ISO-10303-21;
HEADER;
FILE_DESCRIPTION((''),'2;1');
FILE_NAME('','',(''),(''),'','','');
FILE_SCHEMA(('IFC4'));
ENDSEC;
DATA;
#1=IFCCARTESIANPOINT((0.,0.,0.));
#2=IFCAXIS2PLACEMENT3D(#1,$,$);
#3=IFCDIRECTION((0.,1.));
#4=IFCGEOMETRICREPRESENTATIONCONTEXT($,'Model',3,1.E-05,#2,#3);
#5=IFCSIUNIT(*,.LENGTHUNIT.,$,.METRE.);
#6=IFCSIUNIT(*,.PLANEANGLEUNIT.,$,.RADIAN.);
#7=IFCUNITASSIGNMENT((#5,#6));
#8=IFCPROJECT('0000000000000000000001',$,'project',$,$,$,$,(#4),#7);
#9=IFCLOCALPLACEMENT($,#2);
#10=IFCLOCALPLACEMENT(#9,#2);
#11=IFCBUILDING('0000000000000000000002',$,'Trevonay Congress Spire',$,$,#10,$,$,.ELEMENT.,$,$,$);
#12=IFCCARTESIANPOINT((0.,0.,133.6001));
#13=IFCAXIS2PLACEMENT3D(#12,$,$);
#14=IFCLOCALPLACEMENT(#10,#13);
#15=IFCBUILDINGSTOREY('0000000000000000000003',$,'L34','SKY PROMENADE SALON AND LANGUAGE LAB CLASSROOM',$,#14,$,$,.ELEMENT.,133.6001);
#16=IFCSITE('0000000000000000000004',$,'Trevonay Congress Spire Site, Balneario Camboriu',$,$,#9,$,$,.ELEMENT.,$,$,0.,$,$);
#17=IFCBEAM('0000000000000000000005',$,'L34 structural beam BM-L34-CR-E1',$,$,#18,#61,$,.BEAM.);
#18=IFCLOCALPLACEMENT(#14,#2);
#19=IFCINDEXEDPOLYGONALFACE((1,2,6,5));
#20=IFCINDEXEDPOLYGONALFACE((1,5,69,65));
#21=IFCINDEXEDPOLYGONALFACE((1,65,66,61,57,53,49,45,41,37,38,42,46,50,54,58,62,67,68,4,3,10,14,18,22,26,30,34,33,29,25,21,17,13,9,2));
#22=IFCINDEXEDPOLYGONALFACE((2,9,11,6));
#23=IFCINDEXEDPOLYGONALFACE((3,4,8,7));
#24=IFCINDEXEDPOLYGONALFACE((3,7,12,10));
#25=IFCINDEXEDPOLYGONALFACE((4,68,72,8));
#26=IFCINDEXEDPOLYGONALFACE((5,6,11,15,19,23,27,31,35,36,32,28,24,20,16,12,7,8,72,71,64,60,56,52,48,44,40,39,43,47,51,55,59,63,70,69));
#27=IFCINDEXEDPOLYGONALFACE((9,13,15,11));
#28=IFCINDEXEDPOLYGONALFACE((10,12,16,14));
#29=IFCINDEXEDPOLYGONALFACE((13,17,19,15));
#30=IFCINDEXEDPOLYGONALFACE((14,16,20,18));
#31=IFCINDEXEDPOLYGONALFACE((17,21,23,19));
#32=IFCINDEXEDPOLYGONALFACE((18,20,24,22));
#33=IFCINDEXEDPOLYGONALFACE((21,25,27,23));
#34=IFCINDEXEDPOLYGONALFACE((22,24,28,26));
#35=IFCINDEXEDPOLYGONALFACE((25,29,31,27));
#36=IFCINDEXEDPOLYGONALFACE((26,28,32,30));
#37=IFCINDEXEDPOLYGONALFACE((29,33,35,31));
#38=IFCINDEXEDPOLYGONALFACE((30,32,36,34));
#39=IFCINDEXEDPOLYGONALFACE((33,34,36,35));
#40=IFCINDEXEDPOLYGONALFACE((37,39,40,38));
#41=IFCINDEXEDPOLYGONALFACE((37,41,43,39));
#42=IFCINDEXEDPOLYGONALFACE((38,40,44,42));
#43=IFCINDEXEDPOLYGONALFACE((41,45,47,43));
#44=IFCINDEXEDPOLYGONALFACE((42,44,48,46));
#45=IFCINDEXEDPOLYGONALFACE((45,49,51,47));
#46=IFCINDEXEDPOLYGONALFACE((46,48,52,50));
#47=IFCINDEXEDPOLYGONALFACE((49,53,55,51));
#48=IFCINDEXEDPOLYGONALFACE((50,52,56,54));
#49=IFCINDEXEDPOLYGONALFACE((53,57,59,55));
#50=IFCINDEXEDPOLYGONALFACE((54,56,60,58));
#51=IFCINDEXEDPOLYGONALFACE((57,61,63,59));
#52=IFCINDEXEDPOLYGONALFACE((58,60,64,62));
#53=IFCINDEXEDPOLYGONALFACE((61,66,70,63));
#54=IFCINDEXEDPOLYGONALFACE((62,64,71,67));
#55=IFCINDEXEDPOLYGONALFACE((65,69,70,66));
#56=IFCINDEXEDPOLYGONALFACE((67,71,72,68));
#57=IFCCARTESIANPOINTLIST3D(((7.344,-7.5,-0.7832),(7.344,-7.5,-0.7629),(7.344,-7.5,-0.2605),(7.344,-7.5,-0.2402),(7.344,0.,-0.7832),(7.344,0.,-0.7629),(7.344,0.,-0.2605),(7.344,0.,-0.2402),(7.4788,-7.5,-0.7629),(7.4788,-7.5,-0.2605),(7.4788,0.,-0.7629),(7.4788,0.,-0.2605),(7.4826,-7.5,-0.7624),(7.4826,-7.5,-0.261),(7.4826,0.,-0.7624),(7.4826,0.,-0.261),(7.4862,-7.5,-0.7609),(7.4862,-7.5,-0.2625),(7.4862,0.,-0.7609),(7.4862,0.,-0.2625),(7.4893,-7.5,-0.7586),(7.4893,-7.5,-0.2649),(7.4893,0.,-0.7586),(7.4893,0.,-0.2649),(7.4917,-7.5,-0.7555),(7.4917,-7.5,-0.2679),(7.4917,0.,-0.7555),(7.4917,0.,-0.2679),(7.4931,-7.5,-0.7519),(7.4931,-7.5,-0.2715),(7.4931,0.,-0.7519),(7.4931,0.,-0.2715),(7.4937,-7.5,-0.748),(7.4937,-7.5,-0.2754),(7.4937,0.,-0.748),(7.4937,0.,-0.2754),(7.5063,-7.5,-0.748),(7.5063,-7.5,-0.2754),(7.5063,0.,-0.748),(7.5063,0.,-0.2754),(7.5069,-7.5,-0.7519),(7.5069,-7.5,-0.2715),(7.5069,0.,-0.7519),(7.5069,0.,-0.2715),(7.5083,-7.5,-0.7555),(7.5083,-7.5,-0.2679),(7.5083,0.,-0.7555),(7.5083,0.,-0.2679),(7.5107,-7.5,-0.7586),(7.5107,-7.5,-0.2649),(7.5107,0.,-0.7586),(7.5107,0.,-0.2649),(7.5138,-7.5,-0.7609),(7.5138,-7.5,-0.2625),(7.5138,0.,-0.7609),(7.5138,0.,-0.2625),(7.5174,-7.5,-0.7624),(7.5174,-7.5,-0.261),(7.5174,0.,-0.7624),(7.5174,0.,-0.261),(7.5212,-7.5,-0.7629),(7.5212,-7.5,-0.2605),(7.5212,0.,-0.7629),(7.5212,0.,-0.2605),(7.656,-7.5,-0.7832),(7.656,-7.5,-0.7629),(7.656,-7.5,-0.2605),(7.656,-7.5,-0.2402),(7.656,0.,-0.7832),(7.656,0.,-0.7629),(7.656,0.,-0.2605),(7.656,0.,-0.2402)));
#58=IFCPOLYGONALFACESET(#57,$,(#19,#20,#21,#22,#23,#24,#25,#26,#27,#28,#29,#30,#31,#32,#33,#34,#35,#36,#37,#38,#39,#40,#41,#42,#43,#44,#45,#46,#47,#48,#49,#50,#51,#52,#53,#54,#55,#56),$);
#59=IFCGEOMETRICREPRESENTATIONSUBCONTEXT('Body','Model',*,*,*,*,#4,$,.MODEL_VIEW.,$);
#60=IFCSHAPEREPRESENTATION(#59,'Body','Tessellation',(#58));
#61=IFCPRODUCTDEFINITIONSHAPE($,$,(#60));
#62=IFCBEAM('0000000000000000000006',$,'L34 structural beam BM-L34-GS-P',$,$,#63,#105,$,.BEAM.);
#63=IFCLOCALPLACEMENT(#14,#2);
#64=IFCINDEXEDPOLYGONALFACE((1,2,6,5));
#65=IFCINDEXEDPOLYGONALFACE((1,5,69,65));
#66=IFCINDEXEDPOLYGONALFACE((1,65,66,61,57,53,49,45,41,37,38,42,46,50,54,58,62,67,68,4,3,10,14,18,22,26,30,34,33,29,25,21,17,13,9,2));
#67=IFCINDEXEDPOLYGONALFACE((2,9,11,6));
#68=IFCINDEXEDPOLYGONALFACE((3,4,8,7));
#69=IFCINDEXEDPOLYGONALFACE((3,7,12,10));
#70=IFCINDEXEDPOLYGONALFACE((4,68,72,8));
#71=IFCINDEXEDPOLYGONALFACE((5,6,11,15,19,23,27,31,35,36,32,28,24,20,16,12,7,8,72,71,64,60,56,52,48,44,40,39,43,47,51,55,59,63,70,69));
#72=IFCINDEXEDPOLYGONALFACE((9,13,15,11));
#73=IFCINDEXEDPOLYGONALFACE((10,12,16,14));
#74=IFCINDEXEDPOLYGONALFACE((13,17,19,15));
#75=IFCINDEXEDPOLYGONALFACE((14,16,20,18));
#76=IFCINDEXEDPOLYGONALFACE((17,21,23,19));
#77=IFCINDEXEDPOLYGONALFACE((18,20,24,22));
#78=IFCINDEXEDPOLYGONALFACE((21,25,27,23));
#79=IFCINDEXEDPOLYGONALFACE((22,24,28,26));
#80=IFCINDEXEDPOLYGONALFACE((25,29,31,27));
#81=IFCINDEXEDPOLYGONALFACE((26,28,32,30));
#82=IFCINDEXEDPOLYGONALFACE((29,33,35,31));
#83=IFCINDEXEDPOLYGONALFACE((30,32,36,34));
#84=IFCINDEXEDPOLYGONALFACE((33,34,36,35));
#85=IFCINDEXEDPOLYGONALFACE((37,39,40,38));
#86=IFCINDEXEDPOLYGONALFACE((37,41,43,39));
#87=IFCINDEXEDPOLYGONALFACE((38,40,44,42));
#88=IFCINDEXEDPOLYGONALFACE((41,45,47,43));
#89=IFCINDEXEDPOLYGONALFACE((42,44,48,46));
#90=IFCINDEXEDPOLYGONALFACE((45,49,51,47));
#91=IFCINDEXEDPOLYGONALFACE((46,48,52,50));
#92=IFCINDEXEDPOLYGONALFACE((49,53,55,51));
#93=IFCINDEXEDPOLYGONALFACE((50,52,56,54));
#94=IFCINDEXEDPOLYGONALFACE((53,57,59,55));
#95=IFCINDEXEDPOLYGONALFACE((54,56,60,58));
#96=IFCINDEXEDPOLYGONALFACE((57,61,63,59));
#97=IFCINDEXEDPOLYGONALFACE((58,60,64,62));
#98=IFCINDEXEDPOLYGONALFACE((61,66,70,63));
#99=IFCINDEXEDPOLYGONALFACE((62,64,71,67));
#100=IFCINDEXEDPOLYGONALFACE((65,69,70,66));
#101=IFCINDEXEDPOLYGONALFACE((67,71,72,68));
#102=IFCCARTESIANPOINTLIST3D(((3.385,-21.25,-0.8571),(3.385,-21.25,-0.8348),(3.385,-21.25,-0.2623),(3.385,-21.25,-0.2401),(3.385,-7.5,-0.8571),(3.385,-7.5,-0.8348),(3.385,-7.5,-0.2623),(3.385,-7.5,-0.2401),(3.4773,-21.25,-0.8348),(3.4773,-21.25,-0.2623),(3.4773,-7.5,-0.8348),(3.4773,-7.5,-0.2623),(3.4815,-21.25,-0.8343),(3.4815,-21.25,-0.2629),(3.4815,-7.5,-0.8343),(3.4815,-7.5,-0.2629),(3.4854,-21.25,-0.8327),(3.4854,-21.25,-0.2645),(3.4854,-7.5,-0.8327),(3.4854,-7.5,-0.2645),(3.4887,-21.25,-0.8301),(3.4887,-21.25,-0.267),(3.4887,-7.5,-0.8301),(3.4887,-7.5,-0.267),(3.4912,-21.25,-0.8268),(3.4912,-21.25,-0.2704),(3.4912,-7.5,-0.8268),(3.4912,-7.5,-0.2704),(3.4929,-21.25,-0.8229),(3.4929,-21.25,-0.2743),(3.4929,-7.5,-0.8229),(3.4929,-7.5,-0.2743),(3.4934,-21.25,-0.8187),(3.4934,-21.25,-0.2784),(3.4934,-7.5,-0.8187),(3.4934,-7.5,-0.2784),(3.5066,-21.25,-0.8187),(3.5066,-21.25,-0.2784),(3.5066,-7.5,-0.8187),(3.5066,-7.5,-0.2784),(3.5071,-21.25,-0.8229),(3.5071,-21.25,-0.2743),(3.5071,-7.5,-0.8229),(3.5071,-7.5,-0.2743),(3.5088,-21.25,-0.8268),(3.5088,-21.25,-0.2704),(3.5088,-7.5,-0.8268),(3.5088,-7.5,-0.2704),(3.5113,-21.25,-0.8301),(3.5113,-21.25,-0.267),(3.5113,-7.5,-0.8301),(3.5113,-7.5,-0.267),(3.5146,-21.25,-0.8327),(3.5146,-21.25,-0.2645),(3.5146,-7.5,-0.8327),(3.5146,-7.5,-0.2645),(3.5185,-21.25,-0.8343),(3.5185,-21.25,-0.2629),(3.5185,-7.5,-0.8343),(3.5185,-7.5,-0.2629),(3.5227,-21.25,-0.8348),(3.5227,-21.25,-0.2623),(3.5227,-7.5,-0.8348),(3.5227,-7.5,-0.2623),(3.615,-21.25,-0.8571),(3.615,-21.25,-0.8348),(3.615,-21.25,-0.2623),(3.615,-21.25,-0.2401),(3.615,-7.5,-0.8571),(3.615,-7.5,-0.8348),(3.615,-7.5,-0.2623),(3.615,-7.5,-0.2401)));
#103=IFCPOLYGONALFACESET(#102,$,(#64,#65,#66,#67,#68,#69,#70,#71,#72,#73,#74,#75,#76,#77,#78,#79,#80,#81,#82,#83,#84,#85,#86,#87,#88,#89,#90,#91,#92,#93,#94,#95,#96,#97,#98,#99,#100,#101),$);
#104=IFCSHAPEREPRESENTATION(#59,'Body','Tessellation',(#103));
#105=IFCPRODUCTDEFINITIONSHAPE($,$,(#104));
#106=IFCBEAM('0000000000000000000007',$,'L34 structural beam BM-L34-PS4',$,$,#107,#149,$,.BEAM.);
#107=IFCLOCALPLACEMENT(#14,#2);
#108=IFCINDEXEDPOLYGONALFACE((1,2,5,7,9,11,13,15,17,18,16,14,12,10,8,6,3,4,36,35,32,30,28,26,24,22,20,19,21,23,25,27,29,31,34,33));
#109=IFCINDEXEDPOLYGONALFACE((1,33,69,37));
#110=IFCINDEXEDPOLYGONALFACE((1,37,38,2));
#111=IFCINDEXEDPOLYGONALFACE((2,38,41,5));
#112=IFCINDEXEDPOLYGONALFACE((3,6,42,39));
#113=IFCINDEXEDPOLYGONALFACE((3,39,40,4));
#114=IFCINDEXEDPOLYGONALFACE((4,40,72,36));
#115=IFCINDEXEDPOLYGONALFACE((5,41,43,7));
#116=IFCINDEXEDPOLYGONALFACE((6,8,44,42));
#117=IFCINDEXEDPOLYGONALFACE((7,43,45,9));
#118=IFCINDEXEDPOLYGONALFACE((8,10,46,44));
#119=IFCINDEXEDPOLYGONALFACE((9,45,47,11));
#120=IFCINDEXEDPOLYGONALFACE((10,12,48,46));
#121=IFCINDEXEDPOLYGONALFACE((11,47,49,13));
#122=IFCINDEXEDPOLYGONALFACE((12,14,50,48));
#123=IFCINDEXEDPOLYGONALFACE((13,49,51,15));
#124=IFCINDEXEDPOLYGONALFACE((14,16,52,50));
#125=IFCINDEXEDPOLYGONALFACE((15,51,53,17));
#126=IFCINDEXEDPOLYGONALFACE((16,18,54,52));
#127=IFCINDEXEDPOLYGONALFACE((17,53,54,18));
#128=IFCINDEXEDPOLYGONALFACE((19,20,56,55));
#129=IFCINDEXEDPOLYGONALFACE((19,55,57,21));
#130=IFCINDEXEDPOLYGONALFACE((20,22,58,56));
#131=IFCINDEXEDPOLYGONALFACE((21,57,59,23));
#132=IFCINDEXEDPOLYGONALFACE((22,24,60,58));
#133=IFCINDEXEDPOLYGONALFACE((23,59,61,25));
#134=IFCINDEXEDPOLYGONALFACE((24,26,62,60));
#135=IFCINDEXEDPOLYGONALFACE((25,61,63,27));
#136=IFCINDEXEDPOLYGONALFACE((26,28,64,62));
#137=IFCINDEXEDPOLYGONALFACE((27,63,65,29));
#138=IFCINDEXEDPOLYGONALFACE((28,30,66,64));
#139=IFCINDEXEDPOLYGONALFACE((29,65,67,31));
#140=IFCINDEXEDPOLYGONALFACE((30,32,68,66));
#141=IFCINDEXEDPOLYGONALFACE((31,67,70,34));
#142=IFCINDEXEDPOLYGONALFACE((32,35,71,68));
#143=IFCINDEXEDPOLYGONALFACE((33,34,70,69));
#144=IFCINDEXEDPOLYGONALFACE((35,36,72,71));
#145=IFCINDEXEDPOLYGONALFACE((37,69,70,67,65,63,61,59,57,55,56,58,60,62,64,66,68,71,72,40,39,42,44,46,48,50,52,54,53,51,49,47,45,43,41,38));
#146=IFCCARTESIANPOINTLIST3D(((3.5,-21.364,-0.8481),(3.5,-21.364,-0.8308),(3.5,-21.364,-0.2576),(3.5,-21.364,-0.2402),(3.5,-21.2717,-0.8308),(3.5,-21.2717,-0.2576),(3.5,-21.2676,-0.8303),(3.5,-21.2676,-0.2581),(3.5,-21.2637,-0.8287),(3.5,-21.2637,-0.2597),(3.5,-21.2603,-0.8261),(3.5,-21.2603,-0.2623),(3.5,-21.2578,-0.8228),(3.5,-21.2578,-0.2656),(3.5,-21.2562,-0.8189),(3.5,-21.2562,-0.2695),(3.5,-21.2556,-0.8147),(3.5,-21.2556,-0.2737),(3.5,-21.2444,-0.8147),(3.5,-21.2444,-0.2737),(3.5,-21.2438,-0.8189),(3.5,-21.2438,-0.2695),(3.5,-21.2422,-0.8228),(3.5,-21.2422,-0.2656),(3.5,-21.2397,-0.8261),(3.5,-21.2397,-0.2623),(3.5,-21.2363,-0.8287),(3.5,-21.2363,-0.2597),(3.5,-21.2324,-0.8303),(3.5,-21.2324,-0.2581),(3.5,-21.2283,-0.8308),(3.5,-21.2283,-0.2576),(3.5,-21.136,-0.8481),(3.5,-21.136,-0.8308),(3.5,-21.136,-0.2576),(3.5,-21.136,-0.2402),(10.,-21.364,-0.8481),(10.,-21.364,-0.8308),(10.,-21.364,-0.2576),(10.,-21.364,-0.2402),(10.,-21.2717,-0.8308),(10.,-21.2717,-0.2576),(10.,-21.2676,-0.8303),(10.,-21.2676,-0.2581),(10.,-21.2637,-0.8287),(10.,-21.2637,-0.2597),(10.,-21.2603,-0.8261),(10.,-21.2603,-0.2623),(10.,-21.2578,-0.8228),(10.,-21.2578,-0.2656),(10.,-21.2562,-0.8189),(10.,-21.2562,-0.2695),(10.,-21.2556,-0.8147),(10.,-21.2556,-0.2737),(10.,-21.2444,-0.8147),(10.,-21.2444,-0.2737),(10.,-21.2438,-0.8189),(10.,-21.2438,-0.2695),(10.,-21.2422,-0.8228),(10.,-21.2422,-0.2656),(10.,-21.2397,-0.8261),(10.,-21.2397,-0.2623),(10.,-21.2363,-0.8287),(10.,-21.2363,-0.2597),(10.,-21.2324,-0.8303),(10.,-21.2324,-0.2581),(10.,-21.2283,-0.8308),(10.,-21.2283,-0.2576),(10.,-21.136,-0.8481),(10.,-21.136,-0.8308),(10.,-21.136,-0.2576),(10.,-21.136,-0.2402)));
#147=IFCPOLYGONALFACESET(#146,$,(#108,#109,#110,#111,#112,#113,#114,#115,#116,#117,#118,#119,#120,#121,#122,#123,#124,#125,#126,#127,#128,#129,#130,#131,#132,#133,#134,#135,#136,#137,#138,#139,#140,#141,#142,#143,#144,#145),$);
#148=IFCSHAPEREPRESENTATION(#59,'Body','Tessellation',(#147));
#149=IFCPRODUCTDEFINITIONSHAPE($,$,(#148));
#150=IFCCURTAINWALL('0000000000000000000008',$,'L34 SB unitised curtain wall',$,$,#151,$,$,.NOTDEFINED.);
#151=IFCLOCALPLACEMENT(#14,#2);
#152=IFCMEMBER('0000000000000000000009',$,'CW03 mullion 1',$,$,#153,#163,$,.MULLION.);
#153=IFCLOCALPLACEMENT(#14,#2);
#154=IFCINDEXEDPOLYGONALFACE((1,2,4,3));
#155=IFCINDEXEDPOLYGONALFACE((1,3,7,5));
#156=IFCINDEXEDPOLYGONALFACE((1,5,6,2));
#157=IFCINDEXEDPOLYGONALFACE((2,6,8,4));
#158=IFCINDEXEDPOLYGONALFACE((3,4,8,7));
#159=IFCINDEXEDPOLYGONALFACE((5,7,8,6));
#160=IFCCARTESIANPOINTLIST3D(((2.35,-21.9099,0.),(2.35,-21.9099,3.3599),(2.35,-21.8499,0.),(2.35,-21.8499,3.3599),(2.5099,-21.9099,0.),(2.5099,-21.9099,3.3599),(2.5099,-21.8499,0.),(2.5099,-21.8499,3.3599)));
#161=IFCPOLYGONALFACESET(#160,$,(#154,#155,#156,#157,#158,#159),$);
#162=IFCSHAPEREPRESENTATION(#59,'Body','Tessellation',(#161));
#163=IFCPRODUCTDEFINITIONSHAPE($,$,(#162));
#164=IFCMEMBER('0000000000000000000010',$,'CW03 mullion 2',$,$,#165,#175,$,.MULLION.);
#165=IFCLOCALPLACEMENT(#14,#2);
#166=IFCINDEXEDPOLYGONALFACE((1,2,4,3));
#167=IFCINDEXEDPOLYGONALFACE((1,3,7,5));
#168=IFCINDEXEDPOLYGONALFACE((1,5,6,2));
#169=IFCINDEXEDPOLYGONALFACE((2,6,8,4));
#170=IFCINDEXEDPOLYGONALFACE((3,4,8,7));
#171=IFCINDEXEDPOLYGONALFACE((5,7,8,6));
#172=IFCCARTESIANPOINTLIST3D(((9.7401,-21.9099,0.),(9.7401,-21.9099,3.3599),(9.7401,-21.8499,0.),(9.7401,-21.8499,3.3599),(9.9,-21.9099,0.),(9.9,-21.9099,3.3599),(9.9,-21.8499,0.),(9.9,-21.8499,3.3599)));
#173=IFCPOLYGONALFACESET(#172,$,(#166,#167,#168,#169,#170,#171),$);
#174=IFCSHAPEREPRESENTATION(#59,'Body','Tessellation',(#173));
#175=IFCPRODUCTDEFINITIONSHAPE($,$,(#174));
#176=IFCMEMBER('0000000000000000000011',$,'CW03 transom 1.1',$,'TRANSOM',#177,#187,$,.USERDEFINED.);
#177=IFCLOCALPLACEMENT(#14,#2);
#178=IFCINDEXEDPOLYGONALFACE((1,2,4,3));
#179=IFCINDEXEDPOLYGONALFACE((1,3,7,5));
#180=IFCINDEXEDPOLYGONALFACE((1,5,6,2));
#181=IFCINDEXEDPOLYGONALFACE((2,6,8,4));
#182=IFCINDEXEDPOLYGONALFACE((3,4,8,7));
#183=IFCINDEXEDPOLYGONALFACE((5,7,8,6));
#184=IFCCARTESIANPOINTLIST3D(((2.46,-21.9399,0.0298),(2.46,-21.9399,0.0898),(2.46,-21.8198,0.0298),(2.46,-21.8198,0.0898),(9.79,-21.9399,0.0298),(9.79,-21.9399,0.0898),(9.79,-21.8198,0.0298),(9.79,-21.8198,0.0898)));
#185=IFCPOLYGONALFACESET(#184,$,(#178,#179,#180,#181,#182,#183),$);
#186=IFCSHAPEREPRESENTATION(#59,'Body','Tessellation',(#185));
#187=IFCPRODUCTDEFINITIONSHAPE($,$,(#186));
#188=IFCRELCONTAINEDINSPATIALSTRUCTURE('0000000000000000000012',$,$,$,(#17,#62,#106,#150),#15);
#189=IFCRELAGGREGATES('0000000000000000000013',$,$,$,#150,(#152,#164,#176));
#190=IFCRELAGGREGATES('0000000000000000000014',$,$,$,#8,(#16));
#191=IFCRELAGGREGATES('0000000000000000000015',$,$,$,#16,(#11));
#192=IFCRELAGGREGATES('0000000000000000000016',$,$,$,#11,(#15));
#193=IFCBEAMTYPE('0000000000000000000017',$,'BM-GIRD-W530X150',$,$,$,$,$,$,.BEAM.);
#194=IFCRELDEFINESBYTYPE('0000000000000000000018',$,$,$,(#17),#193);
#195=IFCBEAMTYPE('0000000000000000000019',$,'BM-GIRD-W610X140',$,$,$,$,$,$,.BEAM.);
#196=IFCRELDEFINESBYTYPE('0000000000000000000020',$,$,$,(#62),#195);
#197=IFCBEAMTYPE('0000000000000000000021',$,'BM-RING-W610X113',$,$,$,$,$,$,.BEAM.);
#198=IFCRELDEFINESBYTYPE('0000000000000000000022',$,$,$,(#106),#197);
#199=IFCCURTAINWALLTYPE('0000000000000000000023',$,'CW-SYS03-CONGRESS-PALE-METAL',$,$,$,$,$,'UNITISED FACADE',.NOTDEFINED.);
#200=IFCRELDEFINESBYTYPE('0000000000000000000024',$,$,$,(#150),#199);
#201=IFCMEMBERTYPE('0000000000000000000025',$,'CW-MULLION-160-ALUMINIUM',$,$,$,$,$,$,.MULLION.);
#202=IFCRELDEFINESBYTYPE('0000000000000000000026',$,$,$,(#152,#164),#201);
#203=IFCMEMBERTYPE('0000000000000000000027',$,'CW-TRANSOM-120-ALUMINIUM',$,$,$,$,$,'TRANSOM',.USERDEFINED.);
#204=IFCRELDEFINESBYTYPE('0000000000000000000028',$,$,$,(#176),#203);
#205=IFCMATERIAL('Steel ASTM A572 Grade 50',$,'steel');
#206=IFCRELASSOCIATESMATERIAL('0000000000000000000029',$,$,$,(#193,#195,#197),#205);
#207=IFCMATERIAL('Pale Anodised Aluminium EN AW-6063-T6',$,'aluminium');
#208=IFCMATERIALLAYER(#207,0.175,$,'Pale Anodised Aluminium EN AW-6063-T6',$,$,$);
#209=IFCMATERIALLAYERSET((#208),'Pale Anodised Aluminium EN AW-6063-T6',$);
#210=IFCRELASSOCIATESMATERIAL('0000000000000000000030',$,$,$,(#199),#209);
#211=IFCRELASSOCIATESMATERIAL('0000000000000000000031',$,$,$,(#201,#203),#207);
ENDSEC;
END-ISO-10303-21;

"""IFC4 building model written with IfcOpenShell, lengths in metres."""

from ifc_helpers import new_model, si_unit, direction, frame, origin, origin_2d, place, context, subcontext, project, spatial, rectangle, i_section, extrude, material, layer, layer_set, material_profile, profile_set, type_object, element, aggregate, save


model = new_model("IFC4")

# Units and contexts
model_context = context("Model", 3, precision=1e-05, world=origin(), true_north=direction((0.0, 1.0)))
body_context = subcontext(model_context, "Body", "Model", "MODEL_VIEW")
ifc_project = project(units=[si_unit("LENGTHUNIT", "METRE"), si_unit("PLANEANGLEUNIT", "RADIAN")], contexts=[model_context])

# Site, building, storey
site_placement = place(None, origin())
site = spatial("IfcSite", under=ifc_project, at=site_placement, Name="Trevonay Congress Spire Site, Balneario Camboriu", CompositionType="ELEMENT", RefElevation=0.0)
building_placement = place(site_placement, origin())
building = spatial("IfcBuilding", under=site, at=building_placement, Name="Trevonay Congress Spire", CompositionType="ELEMENT")
storey_placement = place(building_placement, frame((0.0, 0.0, 133.6001)))
storey = spatial("IfcBuildingStorey", under=building, at=storey_placement, Name="L34", Description="SKY PROMENADE SALON AND LANGUAGE LAB CLASSROOM", CompositionType="ELEMENT", Elevation=133.6001)

# Shared definitions
ifc_material_1 = material(Name="Steel ASTM A572 Grade 50", Category="steel")

# Beams
ifc_material_profile_1 = material_profile(ifc_material_1, i_section(OverallWidth=0.312, OverallDepth=0.543, WebThickness=0.0127, FlangeThickness=0.0203, FilletRadius=0.0149, at=origin_2d()), Name="W530x150")
ifc_profile_set_1 = profile_set([ifc_material_profile_1], Name="Steel ASTM A572 Grade 50")
beam_type_1 = type_object("IfcBeamType", Name="BM-GIRD-W530X150", PredefinedType="BEAM", material=ifc_profile_set_1)
beam_1_placement = place(storey_placement, frame((7.5, -7.5, -0.5117), z_axis=(0.0, 1.0, 0.0), x_axis=(-1.0, 0.0, 0.0)))
element("IfcBeam", 1, at=beam_1_placement, inside=storey, type_object=beam_type_1, Name="L34 structural beam BM-L34-CR-E1", PredefinedType="BEAM", context=body_context, shape_type="SweptSolid", body=[
    extrude(i_section(OverallWidth=0.312, OverallDepth=0.543, WebThickness=0.0127, FlangeThickness=0.0203, FilletRadius=0.0149, at=origin_2d()), origin(), (0.0, 0.0, 1.0), 7.5),
])
ifc_material_profile_2 = material_profile(ifc_material_1, i_section(OverallWidth=0.23, OverallDepth=0.6169, WebThickness=0.0132, FlangeThickness=0.0222, FilletRadius=0.0161, at=origin_2d()), Name="W610x140")
ifc_profile_set_2 = profile_set([ifc_material_profile_2], Name="Steel ASTM A572 Grade 50")
beam_type_2 = type_object("IfcBeamType", Name="BM-GIRD-W610X140", PredefinedType="BEAM", material=ifc_profile_set_2)
beam_2_placement = place(storey_placement, frame((3.5, -7.5, -0.5486), z_axis=(0.0, -1.0, 0.0), x_axis=(1.0, 0.0, 0.0)))
element("IfcBeam", 2, at=beam_2_placement, inside=storey, type_object=beam_type_2, Name="L34 structural beam BM-L34-GS-P", PredefinedType="BEAM", context=body_context, shape_type="SweptSolid", body=[
    extrude(i_section(OverallWidth=0.23, OverallDepth=0.6169, WebThickness=0.0132, FlangeThickness=0.0222, FilletRadius=0.0161, at=origin_2d()), origin(), (0.0, 0.0, 1.0), 13.75),
])
ifc_material_profile_3 = material_profile(ifc_material_1, i_section(OverallWidth=0.228, OverallDepth=0.6079, WebThickness=0.0112, FlangeThickness=0.0173, FilletRadius=0.0161, at=origin_2d()), Name="W610x113")
ifc_profile_set_3 = profile_set([ifc_material_profile_3], Name="Steel ASTM A572 Grade 50")
beam_type_3 = type_object("IfcBeamType", Name="BM-RING-W610X113", PredefinedType="BEAM", material=ifc_profile_set_3)
beam_3_placement = place(storey_placement, frame((3.5, -21.25, -0.5442), z_axis=(1.0, 0.0, 0.0), x_axis=(0.0, 1.0, 0.0)))
element("IfcBeam", 3, at=beam_3_placement, inside=storey, type_object=beam_type_3, Name="L34 structural beam BM-L34-PS4", PredefinedType="BEAM", context=body_context, shape_type="SweptSolid", body=[
    extrude(i_section(OverallWidth=0.228, OverallDepth=0.6079, WebThickness=0.0112, FlangeThickness=0.0173, FilletRadius=0.0161, at=origin_2d()), origin(), (0.0, 0.0, 1.0), 6.5),
])

# Curtain wall, members
ifc_material_2 = material(Name="Pale Anodised Aluminium EN AW-6063-T6", Category="aluminium")
ifc_layer_1 = layer(ifc_material_2, 0.175, Name="Pale Anodised Aluminium EN AW-6063-T6")
ifc_layer_set_1 = layer_set([ifc_layer_1], Name="Pale Anodised Aluminium EN AW-6063-T6")
curtain_wall_type = type_object("IfcCurtainWallType", Name="CW-SYS03-CONGRESS-PALE-METAL", ElementType="UNITISED FACADE", PredefinedType="NOTDEFINED", material=ifc_layer_set_1)
curtain_wall_placement = place(storey_placement, origin())
curtain_wall = element("IfcCurtainWall", 4, at=curtain_wall_placement, inside=storey, type_object=curtain_wall_type, Name="L34 SB unitised curtain wall", PredefinedType="NOTDEFINED")
ifc_material_profile_4 = material_profile(ifc_material_2, rectangle(XDim=0.0601, YDim=0.1599, at=origin_2d()), Name="CW-MULLION-160-ALUMINIUM")
ifc_profile_set_4 = profile_set([ifc_material_profile_4], Name="Pale Anodised Aluminium EN AW-6063-T6")
member_type_1 = type_object("IfcMemberType", Name="CW-MULLION-160-ALUMINIUM", PredefinedType="MULLION", material=ifc_profile_set_4)
member_1_placement = place(storey_placement, frame((2.4299, -21.8799, 0.0), z_axis=(0.0, 0.0, 1.0), x_axis=(0.0, 1.0, 0.0)))
member_1 = element("IfcMember", 5, at=member_1_placement, type_object=member_type_1, Name="CW03 mullion 1", PredefinedType="MULLION", context=body_context, shape_type="SweptSolid", body=[
    extrude(rectangle(XDim=0.0601, YDim=0.1599, at=origin_2d()), origin(), (0.0, 0.0, 1.0), 3.3599),
])
member_2_placement = place(storey_placement, frame((9.8201, -21.8799, 0.0), z_axis=(0.0, 0.0, 1.0), x_axis=(0.0, 1.0, 0.0)))
member_2 = element("IfcMember", 6, at=member_2_placement, type_object=member_type_1, Name="CW03 mullion 2", PredefinedType="MULLION", context=body_context, shape_type="SweptSolid", body=[
    extrude(rectangle(XDim=0.0601, YDim=0.1599, at=origin_2d()), origin(), (0.0, 0.0, 1.0), 3.3599),
])
ifc_material_profile_5 = material_profile(ifc_material_2, rectangle(XDim=0.1201, YDim=0.0601, at=origin_2d()), Name="CW-TRANSOM-120-ALUMINIUM")
ifc_profile_set_5 = profile_set([ifc_material_profile_5], Name="Pale Anodised Aluminium EN AW-6063-T6")
member_type_2 = type_object("IfcMemberType", Name="CW-TRANSOM-120-ALUMINIUM", ElementType="TRANSOM", PredefinedType="USERDEFINED", material=ifc_profile_set_5)
member_3_placement = place(storey_placement, frame((2.46, -21.8799, 0.0598), z_axis=(1.0, 0.0, 0.0), x_axis=(0.0, 1.0, 0.0)))
member_3 = element("IfcMember", 7, at=member_3_placement, type_object=member_type_2, Name="CW03 transom 1.1", ObjectType="TRANSOM", PredefinedType="USERDEFINED", context=body_context, shape_type="SweptSolid", body=[
    extrude(rectangle(XDim=0.1201, YDim=0.0601, at=origin_2d()), origin(), (0.0, 0.0, 1.0), 7.3301),
])

aggregate(curtain_wall, [member_1, member_2, member_3])

save(model, "model.ifc")
